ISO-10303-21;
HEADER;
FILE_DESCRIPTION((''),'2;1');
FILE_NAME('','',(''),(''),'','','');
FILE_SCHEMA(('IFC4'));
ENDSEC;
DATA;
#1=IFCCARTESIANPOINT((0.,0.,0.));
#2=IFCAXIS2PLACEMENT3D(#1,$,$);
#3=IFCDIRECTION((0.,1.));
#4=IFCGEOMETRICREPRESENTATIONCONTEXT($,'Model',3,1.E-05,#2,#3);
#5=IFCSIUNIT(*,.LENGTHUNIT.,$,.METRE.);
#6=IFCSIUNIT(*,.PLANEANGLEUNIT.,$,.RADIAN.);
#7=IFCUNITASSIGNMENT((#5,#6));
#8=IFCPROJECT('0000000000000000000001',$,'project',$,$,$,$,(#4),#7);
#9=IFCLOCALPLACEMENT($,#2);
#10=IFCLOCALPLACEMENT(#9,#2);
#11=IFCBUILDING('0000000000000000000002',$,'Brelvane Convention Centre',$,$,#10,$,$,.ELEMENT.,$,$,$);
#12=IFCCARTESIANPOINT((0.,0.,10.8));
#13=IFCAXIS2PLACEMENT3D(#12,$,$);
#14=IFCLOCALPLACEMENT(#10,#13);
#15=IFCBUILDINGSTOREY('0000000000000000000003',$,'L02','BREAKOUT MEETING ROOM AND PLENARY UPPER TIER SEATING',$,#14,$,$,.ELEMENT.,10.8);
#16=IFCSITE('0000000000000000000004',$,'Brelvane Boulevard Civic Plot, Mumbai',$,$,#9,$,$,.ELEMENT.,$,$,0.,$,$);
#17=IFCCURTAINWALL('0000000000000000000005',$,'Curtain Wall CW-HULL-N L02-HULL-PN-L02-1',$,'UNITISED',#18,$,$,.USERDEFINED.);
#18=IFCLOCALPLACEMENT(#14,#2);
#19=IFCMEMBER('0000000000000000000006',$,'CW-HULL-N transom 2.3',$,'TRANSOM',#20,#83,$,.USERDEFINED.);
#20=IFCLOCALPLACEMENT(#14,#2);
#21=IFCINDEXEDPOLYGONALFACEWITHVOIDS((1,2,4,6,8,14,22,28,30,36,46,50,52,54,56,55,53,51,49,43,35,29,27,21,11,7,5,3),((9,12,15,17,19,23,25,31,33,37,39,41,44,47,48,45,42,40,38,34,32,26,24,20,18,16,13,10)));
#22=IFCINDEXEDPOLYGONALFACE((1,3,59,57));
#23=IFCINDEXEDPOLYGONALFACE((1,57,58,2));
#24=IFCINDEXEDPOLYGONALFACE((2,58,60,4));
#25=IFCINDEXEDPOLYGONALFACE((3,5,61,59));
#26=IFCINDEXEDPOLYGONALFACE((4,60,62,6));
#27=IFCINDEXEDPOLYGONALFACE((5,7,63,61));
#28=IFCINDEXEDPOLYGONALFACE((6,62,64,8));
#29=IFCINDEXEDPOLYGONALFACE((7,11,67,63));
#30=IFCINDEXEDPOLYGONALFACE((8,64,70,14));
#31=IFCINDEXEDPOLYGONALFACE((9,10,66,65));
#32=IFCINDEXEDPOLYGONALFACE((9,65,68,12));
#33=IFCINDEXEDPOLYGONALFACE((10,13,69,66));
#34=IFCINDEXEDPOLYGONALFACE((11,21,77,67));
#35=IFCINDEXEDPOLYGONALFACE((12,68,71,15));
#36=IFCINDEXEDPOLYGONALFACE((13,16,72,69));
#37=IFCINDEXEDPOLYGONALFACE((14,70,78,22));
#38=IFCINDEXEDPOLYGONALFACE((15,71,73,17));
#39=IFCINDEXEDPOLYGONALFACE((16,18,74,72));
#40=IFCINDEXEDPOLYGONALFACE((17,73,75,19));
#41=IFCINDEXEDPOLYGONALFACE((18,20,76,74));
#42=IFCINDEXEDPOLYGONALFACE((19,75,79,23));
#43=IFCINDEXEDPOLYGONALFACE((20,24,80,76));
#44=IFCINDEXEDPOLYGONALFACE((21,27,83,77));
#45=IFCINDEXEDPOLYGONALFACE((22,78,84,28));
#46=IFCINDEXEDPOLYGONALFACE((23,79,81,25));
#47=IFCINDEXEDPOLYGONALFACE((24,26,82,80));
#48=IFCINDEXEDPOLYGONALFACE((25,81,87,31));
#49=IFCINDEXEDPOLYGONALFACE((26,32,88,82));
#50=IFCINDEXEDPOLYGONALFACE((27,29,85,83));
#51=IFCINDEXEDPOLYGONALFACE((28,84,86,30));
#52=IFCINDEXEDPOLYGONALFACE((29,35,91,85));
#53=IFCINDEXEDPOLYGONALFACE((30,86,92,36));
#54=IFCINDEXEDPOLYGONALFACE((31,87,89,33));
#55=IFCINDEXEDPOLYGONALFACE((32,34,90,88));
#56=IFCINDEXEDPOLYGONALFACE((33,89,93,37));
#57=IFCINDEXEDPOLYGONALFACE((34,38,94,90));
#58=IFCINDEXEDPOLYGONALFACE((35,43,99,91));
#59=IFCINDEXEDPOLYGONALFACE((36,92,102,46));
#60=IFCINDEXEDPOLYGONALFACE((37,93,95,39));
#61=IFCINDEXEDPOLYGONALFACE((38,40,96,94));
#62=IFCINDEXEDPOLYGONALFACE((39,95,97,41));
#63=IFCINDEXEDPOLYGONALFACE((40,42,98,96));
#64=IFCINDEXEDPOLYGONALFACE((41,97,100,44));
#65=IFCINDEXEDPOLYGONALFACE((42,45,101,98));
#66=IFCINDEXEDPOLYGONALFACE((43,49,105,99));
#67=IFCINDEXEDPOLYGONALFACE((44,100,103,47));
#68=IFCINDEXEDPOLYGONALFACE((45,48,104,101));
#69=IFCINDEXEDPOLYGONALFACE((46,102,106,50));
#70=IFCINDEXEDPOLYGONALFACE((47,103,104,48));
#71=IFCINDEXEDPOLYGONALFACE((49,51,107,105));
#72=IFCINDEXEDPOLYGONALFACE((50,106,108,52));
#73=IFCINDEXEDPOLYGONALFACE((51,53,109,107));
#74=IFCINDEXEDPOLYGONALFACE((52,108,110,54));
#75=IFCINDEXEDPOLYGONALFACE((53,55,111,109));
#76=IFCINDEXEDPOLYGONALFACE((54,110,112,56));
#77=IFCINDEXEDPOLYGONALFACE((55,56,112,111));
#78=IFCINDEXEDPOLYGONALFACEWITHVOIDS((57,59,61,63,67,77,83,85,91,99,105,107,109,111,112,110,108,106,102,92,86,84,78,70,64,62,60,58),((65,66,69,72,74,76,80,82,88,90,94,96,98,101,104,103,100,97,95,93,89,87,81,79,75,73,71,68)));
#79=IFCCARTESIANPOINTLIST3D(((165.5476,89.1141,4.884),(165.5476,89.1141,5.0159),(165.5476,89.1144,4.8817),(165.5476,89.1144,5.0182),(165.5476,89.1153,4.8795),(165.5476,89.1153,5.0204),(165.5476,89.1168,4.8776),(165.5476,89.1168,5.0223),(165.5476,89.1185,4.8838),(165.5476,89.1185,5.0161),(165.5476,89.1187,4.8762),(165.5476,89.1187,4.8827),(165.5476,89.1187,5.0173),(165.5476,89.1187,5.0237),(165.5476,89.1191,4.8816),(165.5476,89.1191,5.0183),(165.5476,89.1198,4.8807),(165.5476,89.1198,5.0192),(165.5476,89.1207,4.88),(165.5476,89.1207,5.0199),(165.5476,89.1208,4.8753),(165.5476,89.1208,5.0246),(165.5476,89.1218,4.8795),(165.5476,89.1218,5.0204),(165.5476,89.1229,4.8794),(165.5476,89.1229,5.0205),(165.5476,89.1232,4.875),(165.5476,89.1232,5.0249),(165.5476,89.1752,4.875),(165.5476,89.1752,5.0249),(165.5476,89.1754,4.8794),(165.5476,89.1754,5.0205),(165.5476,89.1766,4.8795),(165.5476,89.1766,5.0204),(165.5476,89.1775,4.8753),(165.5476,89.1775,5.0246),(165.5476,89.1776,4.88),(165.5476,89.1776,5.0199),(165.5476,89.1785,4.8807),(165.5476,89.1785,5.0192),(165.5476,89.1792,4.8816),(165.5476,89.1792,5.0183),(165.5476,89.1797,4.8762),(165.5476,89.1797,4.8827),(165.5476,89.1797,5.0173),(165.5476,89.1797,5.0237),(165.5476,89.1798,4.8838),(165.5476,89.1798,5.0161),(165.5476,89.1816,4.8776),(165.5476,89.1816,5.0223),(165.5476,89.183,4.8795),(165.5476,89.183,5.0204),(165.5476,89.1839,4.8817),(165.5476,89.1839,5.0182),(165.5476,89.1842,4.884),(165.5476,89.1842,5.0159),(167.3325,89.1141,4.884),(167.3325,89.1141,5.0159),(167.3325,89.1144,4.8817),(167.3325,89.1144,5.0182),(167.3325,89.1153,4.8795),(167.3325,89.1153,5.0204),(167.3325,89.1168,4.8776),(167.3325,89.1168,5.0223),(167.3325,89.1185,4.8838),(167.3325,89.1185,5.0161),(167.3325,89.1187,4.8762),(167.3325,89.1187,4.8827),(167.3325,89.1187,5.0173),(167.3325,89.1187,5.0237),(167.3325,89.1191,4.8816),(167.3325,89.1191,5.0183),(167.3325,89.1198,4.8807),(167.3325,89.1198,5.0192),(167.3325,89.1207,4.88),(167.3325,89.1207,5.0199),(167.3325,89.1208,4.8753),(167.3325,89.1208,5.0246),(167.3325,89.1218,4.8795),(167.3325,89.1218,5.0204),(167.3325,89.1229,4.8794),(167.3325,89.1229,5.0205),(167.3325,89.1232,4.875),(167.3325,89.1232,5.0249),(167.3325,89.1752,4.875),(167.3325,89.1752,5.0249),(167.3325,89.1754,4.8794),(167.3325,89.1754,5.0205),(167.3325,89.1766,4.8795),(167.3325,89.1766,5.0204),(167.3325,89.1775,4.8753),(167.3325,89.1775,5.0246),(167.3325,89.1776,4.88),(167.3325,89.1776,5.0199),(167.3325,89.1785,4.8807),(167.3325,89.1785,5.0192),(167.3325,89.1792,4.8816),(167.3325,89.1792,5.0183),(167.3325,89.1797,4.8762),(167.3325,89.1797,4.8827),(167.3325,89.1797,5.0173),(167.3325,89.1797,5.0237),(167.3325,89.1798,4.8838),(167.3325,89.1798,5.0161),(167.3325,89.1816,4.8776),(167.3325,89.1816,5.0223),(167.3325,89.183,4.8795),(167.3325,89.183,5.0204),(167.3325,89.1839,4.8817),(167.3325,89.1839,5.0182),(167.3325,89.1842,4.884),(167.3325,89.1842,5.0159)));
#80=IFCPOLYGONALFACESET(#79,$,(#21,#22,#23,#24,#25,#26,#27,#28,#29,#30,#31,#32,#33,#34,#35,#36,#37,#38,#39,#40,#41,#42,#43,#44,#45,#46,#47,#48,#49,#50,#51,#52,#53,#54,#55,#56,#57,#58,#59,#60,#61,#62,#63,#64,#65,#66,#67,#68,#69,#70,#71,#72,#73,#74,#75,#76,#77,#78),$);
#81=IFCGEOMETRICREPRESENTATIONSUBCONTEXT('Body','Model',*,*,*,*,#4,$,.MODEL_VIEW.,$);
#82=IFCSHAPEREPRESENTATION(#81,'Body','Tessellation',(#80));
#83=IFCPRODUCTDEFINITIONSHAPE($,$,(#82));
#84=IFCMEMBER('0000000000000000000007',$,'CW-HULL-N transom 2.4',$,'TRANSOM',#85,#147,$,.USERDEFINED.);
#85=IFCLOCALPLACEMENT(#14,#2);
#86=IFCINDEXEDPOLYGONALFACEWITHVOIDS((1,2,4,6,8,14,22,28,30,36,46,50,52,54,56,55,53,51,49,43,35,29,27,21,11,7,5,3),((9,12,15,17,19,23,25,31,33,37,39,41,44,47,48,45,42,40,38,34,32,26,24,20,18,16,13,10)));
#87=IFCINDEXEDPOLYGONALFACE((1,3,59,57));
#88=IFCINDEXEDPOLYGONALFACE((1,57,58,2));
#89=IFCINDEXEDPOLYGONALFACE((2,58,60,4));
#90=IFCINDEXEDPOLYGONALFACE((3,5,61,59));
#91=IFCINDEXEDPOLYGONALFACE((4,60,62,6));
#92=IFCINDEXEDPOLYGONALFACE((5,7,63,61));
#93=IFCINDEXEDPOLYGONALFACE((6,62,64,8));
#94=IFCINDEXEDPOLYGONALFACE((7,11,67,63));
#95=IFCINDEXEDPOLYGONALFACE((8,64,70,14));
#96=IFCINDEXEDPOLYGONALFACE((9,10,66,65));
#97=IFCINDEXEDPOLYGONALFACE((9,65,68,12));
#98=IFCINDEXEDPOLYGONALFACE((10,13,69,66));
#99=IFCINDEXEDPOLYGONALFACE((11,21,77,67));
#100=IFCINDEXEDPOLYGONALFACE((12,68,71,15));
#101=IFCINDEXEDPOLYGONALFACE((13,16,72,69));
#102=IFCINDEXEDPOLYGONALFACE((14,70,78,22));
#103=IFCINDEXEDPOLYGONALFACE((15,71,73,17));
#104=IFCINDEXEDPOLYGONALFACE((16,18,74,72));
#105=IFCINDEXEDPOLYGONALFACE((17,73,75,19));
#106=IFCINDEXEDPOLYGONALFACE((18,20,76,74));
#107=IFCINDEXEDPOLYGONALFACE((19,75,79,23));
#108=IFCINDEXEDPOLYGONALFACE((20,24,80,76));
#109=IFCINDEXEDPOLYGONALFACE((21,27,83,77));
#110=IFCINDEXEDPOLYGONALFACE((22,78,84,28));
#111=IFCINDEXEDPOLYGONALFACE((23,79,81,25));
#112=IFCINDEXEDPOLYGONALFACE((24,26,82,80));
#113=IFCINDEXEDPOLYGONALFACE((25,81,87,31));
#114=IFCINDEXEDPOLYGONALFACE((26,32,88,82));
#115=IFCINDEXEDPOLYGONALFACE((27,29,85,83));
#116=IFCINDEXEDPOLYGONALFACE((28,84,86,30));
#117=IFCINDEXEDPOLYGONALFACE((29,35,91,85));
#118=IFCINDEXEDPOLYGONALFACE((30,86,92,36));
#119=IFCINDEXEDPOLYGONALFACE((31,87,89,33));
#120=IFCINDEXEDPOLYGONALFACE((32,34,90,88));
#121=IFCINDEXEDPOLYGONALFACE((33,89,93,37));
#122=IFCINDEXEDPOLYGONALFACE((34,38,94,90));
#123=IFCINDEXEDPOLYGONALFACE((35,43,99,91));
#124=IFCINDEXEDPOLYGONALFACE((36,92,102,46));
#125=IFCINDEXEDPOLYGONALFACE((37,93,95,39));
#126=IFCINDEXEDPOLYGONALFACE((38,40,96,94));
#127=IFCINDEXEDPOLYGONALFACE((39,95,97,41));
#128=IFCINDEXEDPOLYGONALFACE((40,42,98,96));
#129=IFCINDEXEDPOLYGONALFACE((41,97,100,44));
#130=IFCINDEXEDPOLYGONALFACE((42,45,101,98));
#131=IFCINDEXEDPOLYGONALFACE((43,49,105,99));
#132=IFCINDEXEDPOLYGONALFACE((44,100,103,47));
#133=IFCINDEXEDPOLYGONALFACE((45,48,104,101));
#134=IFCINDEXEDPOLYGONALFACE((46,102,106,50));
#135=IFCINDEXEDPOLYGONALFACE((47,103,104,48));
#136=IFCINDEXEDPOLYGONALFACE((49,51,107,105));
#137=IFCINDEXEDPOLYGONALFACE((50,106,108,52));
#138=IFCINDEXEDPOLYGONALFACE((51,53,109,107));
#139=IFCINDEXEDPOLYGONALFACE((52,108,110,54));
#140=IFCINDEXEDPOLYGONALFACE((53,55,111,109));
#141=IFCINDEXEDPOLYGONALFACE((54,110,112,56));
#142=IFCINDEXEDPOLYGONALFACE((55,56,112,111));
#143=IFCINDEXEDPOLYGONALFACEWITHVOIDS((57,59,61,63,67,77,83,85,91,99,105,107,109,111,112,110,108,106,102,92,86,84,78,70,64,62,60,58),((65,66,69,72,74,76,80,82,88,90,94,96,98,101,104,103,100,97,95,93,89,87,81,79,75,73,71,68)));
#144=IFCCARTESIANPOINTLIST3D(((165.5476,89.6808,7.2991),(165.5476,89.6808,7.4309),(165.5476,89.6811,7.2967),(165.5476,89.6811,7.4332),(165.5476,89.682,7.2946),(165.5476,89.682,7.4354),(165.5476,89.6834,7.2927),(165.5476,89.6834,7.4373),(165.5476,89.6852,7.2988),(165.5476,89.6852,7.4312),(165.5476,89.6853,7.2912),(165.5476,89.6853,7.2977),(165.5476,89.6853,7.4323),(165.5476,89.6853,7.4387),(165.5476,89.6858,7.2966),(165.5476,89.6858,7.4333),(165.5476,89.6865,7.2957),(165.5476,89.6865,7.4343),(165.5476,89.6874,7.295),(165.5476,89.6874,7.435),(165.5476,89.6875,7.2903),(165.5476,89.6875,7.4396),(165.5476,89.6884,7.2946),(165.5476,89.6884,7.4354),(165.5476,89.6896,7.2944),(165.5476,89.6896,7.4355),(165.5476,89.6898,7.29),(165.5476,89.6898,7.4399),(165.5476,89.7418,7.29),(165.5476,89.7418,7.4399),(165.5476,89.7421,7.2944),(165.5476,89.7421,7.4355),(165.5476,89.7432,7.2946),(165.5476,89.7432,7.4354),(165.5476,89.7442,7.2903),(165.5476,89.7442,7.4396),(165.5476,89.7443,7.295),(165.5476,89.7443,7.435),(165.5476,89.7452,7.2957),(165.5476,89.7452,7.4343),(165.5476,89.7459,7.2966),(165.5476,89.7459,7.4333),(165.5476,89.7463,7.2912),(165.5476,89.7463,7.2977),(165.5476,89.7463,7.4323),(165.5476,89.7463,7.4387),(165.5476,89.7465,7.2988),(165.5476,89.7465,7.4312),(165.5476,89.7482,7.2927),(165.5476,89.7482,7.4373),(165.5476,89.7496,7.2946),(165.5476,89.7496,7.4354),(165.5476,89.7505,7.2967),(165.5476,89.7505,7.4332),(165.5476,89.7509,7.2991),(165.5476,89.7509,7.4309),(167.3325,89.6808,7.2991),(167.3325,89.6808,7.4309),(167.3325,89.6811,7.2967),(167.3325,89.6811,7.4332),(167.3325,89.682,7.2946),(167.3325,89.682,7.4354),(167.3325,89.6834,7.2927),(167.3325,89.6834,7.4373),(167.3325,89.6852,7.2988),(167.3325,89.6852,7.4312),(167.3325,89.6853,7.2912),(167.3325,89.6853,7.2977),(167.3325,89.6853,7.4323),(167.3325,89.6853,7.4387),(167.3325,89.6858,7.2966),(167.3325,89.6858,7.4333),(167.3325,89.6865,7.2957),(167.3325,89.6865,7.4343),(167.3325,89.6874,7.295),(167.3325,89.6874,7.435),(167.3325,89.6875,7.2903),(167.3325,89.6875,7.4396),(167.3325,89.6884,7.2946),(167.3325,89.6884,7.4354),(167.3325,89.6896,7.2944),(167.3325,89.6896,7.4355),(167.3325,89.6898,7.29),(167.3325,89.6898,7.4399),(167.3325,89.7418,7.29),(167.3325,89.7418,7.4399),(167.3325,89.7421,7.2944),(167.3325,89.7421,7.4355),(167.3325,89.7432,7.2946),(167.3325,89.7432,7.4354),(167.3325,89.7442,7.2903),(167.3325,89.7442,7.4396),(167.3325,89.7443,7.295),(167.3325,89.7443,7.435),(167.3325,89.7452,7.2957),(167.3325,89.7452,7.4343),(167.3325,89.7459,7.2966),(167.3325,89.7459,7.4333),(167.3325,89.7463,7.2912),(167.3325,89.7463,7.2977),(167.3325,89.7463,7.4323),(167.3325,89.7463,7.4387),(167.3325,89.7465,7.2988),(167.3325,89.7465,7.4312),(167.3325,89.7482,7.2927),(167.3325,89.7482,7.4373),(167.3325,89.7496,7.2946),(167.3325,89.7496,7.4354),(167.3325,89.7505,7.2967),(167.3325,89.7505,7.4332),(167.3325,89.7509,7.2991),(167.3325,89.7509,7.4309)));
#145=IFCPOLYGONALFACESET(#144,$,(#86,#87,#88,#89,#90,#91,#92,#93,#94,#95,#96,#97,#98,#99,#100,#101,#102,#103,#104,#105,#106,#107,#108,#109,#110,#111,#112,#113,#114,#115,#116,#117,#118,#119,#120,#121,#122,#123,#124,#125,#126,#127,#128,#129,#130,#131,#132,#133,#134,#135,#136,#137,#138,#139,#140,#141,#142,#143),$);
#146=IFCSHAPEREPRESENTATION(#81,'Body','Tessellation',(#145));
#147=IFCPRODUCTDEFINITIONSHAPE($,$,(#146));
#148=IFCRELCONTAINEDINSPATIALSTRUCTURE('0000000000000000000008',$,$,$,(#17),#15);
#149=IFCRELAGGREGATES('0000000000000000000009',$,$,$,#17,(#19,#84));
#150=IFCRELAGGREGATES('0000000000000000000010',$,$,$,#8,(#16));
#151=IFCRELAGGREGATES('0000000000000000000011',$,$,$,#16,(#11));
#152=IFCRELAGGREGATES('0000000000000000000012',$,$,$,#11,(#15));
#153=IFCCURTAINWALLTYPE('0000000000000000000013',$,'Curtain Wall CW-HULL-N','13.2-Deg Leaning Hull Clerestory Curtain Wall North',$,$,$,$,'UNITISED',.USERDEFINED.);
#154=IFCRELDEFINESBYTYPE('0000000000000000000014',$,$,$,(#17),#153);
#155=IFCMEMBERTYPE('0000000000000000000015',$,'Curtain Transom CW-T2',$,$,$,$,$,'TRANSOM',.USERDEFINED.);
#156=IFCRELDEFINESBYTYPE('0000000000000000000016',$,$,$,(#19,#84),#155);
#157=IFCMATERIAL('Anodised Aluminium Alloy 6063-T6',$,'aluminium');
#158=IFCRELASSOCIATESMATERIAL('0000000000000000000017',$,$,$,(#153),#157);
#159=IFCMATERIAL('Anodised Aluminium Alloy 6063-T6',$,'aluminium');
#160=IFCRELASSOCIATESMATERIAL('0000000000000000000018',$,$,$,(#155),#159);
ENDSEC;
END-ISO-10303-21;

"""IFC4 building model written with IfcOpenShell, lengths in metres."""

from ifc_helpers import new_model, si_unit, direction, frame, origin, origin_2d, place, context, subcontext, project, spatial, hollow_rectangle, extrude, material, material_profile, profile_set, type_object, element, aggregate, save


model = new_model("IFC4")

# Units and contexts
model_context = context("Model", 3, precision=1e-05, world=origin(), true_north=direction((0.0, 1.0)))
body_context = subcontext(model_context, "Body", "Model", "MODEL_VIEW")
ifc_project = project(units=[si_unit("LENGTHUNIT", "METRE"), si_unit("PLANEANGLEUNIT", "RADIAN")], contexts=[model_context])

# Site, building, storey
site_placement = place(None, origin())
site = spatial("IfcSite", under=ifc_project, at=site_placement, Name="Brelvane Boulevard Civic Plot, Mumbai", CompositionType="ELEMENT", RefElevation=0.0)
building_placement = place(site_placement, origin())
building = spatial("IfcBuilding", under=site, at=building_placement, Name="Brelvane Convention Centre", CompositionType="ELEMENT")
storey_placement = place(building_placement, frame((0.0, 0.0, 10.8)))
storey = spatial("IfcBuildingStorey", under=building, at=storey_placement, Name="L02", Description="BREAKOUT MEETING ROOM AND PLENARY UPPER TIER SEATING", CompositionType="ELEMENT", Elevation=10.8)

# Curtain wall, members
ifc_material_1 = material(Name="Anodised Aluminium Alloy 6063-T6", Category="aluminium")
curtain_wall_type = type_object("IfcCurtainWallType", Name="Curtain Wall CW-HULL-N", Description="13.2-Deg Leaning Hull Clerestory Curtain Wall North", ElementType="UNITISED", PredefinedType="USERDEFINED", material=ifc_material_1)
curtain_wall_1_placement = place(storey_placement, origin())
curtain_wall_1 = element("IfcCurtainWall", 1, at=curtain_wall_1_placement, inside=storey, type_object=curtain_wall_type, Name="Curtain Wall CW-HULL-N L02-HULL-PN-L02-1", ObjectType="UNITISED", PredefinedType="USERDEFINED")
ifc_material_2 = material(Name="Anodised Aluminium Alloy 6063-T6", Category="aluminium")
ifc_material_profile = material_profile(ifc_material_2, hollow_rectangle(XDim=0.0701, YDim=0.1499, WallThickness=0.0044, InnerFilletRadius=0.0044, OuterFilletRadius=0.009, at=origin_2d()), Name="ALU-T 150x70x4.5")
ifc_profile_set = profile_set([ifc_material_profile], Name="Anodised Aluminium Alloy 6063-T6")
member_type = type_object("IfcMemberType", Name="Curtain Transom CW-T2", ElementType="TRANSOM", PredefinedType="USERDEFINED", material=ifc_profile_set)
member_1_placement = place(storey_placement, frame((165.5476, 89.1492, 4.95), z_axis=(1.0, 0.0, 0.0), x_axis=(0.0, 1.0, 0.0)))
member_1 = element("IfcMember", 2, at=member_1_placement, type_object=member_type, Name="CW-HULL-N transom 2.3", ObjectType="TRANSOM", PredefinedType="USERDEFINED", context=body_context, shape_type="SweptSolid", body=[
    extrude(hollow_rectangle(XDim=0.0701, YDim=0.1499, WallThickness=0.0044, InnerFilletRadius=0.0044, OuterFilletRadius=0.009, at=origin_2d()), origin(), (0.0, 0.0, 1.0), 1.7849),
])
member_2_placement = place(storey_placement, frame((165.5476, 89.7158, 7.365), z_axis=(1.0, 0.0, 0.0), x_axis=(0.0, 1.0, 0.0)))
member_2 = element("IfcMember", 3, at=member_2_placement, type_object=member_type, Name="CW-HULL-N transom 2.4", ObjectType="TRANSOM", PredefinedType="USERDEFINED", context=body_context, shape_type="SweptSolid", body=[
    extrude(hollow_rectangle(XDim=0.0701, YDim=0.1499, WallThickness=0.0044, InnerFilletRadius=0.0044, OuterFilletRadius=0.009, at=origin_2d()), origin(), (0.0, 0.0, 1.0), 1.7849),
])

aggregate(curtain_wall_1, [member_1, member_2])

save(model, "model.ifc")
